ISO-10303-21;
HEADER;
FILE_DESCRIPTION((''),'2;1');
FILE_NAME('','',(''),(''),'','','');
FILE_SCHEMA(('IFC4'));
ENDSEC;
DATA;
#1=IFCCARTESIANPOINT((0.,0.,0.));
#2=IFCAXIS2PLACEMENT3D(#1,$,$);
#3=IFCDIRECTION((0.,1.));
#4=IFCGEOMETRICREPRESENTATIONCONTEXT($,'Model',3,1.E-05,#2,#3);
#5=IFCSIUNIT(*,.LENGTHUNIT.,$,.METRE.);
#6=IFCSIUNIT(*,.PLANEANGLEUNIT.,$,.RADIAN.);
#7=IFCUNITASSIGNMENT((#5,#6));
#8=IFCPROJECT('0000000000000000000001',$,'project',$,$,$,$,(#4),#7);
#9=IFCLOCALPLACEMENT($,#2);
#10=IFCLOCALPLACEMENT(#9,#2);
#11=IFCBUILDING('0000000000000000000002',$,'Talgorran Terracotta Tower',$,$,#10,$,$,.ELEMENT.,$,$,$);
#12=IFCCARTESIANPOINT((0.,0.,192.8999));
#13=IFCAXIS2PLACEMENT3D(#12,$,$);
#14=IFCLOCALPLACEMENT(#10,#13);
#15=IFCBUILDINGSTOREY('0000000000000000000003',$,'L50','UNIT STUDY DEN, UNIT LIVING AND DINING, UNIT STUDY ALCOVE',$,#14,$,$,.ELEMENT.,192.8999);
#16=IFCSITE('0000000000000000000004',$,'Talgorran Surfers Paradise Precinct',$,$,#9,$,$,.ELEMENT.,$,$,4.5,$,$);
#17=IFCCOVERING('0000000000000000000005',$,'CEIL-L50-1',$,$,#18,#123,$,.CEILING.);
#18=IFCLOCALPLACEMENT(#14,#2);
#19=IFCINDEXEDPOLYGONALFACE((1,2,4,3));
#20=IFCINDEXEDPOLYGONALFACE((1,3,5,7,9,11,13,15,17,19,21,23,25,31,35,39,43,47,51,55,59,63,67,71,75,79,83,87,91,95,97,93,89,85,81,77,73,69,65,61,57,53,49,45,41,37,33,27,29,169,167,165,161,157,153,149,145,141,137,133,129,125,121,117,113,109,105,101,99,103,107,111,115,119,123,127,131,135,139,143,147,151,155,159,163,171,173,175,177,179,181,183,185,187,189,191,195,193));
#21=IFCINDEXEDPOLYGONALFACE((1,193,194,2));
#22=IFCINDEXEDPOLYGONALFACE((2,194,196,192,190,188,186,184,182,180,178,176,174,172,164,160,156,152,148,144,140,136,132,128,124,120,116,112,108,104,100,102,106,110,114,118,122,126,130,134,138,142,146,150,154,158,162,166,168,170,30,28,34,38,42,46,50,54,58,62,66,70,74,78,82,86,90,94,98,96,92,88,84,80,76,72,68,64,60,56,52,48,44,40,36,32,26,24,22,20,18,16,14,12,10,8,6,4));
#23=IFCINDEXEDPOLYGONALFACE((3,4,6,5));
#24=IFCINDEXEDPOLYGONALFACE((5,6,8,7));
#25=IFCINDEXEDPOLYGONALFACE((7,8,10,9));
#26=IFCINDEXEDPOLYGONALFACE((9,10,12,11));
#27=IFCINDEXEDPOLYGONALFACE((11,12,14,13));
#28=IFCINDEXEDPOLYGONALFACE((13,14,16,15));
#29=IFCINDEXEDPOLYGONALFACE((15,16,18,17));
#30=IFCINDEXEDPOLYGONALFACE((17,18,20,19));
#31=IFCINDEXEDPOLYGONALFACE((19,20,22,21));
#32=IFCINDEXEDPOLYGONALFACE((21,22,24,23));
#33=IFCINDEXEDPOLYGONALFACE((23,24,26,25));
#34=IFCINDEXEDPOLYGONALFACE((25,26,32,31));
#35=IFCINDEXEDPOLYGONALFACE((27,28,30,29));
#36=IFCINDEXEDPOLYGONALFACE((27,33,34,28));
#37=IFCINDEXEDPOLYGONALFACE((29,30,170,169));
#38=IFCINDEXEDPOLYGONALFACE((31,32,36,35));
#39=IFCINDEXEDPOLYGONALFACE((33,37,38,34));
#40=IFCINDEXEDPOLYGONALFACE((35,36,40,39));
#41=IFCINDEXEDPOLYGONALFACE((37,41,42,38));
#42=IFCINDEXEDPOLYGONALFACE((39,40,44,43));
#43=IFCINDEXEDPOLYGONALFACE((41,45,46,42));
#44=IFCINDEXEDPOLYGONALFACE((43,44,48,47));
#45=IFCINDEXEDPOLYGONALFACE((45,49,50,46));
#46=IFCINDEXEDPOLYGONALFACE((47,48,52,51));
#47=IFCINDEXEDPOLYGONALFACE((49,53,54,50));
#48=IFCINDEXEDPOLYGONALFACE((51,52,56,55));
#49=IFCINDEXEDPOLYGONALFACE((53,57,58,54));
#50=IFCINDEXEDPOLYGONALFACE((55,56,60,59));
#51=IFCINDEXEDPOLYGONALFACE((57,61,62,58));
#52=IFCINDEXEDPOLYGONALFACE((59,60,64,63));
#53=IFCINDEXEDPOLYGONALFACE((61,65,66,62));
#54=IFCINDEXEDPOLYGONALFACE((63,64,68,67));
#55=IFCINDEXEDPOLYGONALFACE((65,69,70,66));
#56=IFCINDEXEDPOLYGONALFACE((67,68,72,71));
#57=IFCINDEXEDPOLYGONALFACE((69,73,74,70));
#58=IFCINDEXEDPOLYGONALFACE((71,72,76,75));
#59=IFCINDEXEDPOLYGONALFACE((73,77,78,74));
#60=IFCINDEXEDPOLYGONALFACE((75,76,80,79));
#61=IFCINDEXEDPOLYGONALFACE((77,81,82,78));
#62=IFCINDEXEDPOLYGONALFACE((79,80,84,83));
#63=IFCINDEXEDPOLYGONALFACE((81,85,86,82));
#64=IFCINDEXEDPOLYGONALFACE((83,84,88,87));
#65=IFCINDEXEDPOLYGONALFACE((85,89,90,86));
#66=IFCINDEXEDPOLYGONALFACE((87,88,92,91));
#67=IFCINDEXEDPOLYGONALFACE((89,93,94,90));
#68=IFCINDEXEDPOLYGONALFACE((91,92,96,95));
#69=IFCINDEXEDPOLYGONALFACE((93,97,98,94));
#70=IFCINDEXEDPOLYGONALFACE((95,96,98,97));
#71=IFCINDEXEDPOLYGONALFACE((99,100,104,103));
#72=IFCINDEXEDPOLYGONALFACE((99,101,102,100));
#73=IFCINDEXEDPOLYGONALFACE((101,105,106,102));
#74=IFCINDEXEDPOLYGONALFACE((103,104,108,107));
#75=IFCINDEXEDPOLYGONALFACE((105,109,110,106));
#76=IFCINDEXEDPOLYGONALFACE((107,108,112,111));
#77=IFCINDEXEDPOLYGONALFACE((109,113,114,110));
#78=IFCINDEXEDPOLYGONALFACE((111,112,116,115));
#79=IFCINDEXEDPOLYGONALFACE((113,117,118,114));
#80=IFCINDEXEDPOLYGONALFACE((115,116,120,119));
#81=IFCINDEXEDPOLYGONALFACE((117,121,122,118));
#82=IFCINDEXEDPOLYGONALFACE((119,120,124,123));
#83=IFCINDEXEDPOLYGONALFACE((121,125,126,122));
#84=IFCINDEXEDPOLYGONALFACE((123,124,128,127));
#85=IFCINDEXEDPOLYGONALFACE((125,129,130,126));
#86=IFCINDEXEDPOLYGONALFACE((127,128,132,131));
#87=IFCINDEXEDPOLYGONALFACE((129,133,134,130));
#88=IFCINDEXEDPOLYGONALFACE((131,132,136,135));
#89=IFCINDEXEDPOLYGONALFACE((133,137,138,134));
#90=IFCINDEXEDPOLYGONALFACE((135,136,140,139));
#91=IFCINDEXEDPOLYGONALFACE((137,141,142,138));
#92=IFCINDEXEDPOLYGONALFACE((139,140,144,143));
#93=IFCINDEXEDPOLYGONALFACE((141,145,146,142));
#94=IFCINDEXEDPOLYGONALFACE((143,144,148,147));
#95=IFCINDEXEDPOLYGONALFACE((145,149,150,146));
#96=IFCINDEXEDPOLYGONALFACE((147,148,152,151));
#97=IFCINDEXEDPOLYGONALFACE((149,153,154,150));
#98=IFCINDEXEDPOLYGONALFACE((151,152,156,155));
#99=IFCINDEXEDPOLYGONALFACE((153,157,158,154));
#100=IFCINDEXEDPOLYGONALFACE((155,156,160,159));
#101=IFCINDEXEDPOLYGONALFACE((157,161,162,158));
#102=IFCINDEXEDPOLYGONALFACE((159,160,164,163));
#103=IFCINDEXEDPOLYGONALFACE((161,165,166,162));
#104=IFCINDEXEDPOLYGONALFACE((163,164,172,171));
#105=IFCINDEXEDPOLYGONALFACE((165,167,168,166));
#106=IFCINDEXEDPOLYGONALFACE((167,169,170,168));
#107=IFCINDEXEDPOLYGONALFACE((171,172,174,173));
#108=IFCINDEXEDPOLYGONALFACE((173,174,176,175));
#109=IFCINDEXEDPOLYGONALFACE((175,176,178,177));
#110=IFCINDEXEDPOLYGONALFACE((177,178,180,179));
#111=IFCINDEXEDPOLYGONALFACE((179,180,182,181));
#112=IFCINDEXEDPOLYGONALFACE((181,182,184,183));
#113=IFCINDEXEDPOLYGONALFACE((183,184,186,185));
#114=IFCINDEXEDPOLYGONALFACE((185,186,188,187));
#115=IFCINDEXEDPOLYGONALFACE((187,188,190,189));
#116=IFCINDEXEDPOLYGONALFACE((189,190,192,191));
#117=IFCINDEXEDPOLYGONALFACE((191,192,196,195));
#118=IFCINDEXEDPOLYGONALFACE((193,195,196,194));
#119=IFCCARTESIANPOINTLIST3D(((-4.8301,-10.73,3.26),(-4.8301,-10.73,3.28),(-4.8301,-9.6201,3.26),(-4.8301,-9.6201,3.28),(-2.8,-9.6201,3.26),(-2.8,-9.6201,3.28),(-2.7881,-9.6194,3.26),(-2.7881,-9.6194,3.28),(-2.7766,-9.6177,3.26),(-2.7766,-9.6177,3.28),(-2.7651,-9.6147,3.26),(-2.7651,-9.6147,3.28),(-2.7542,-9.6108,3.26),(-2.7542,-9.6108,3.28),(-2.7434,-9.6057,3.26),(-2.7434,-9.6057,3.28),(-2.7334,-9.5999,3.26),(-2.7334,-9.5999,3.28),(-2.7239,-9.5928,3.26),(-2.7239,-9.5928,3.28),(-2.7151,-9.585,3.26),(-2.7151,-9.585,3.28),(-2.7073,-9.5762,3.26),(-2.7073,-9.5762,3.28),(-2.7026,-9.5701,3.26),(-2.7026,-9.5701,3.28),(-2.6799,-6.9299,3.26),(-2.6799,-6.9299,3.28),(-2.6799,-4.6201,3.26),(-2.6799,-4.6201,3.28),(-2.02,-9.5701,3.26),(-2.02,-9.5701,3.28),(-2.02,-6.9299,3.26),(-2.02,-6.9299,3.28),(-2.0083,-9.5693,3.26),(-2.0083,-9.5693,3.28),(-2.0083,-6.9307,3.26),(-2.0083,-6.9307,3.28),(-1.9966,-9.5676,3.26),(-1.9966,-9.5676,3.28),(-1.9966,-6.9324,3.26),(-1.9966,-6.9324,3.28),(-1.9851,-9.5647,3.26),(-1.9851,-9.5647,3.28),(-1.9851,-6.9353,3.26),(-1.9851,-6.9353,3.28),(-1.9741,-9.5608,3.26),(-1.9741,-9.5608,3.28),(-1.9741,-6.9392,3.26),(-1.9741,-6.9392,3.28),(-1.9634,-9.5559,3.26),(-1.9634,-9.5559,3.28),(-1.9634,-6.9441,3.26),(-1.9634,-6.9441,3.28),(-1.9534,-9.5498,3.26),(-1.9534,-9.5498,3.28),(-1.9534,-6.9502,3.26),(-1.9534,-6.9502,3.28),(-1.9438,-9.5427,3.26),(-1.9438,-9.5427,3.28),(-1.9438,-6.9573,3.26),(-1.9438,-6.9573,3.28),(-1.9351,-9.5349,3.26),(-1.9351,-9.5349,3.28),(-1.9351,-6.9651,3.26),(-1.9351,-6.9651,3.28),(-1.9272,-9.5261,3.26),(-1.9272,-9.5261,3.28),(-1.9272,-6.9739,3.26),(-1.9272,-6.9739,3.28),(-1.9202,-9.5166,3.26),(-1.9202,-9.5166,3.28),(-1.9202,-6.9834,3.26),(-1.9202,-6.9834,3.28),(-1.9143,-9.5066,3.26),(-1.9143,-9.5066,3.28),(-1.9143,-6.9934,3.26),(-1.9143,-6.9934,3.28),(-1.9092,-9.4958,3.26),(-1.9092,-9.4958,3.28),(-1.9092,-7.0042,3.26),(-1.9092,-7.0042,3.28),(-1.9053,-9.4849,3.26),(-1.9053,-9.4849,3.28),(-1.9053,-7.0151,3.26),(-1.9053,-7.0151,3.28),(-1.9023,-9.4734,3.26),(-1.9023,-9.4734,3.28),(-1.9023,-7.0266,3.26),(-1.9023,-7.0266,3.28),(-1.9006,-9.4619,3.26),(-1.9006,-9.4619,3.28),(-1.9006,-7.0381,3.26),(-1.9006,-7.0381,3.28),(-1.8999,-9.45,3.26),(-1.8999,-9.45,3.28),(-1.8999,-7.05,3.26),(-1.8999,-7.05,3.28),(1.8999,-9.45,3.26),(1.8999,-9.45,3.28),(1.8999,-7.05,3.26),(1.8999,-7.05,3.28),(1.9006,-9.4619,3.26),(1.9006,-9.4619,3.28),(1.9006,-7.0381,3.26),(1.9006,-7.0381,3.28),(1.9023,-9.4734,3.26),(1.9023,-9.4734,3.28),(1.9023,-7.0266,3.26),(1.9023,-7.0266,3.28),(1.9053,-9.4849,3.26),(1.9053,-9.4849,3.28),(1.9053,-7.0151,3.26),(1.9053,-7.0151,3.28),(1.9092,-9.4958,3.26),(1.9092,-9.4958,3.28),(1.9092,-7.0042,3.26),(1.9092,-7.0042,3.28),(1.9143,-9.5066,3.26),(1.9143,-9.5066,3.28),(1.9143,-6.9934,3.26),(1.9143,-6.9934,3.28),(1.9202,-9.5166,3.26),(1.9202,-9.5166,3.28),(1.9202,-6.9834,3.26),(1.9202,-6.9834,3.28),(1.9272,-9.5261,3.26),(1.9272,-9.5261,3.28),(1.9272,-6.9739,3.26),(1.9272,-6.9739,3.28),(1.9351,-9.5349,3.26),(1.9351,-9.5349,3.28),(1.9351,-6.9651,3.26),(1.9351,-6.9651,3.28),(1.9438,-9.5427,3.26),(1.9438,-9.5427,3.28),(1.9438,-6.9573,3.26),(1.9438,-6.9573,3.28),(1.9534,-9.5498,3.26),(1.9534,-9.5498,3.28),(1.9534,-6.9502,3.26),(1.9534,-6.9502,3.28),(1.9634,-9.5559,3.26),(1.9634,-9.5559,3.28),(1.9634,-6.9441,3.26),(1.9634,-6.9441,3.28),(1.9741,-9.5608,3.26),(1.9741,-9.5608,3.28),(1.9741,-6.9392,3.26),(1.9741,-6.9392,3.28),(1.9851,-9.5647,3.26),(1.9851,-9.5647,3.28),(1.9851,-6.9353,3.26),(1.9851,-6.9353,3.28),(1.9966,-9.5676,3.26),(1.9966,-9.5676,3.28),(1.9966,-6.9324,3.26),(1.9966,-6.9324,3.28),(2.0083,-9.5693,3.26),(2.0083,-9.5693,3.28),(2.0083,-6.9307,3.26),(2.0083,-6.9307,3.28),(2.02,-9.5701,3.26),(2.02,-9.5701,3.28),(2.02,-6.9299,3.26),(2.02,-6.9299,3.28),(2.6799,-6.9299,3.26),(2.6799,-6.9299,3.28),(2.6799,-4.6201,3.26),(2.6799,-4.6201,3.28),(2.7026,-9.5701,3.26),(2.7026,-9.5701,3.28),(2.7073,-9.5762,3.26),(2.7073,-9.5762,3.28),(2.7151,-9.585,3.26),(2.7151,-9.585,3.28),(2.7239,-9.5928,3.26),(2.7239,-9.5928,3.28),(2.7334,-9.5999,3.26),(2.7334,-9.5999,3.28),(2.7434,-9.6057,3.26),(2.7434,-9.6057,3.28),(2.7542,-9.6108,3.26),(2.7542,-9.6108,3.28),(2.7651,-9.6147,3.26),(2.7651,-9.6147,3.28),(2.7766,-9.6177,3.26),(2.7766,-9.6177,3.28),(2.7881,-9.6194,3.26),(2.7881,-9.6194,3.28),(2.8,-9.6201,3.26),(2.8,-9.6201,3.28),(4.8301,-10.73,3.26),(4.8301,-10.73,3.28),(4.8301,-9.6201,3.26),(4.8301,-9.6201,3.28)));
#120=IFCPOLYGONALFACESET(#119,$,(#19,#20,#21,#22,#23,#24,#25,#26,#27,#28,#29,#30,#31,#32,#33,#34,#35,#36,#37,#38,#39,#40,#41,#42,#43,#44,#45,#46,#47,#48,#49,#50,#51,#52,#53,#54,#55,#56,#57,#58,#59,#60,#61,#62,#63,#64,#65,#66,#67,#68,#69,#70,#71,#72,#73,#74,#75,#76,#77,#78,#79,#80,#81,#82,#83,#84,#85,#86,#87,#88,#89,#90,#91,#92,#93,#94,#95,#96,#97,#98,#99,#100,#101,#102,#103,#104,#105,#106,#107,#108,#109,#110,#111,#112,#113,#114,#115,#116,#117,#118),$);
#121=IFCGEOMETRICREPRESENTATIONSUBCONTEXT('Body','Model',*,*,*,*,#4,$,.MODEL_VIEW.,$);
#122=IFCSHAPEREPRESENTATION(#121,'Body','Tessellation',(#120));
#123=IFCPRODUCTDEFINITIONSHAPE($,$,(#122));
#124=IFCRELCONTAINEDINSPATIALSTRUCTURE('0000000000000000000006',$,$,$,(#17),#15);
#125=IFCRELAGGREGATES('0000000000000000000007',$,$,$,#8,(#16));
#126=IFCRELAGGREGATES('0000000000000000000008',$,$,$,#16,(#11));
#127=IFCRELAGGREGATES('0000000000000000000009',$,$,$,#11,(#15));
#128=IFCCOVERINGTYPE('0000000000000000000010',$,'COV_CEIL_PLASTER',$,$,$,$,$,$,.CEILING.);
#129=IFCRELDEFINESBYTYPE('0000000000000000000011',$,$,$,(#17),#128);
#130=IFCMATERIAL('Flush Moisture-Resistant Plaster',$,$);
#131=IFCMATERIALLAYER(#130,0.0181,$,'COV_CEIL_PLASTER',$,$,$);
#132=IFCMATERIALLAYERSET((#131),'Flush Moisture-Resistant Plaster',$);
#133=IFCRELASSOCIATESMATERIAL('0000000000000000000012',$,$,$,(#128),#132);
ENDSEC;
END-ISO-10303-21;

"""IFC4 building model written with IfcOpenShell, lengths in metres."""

from ifc_helpers import new_model, si_unit, direction, frame, origin, place, context, subcontext, project, spatial, polyline, outline, extrude, material, layer, layer_set, type_object, element, save


model = new_model("IFC4")

# Units and contexts
model_context = context("Model", 3, precision=1e-05, world=origin(), true_north=direction((0.0, 1.0)))
body_context = subcontext(model_context, "Body", "Model", "MODEL_VIEW")
ifc_project = project(units=[si_unit("LENGTHUNIT", "METRE"), si_unit("PLANEANGLEUNIT", "RADIAN")], contexts=[model_context])

# Site, building, storey
site_placement = place(None, origin())
site = spatial("IfcSite", under=ifc_project, at=site_placement, Name="Talgorran Surfers Paradise Precinct", CompositionType="ELEMENT", RefElevation=4.5)
building_placement = place(site_placement, origin())
building = spatial("IfcBuilding", under=site, at=building_placement, Name="Talgorran Terracotta Tower", CompositionType="ELEMENT")
storey_placement = place(building_placement, frame((0.0, 0.0, 192.8999)))
storey = spatial("IfcBuildingStorey", under=building, at=storey_placement, Name="L50", Description="UNIT STUDY DEN, UNIT LIVING AND DINING, UNIT STUDY ALCOVE", CompositionType="ELEMENT", Elevation=192.8999)

# Covering
ifc_material_1 = material(Name="Flush Moisture-Resistant Plaster")
ifc_layer_1 = layer(ifc_material_1, 0.0181, Name="COV_CEIL_PLASTER")
ifc_layer_set_1 = layer_set([ifc_layer_1], Name="Flush Moisture-Resistant Plaster")
covering_type_1 = type_object("IfcCoveringType", Name="COV_CEIL_PLASTER", PredefinedType="CEILING", material=ifc_layer_set_1)
covering_1_placement = place(storey_placement, frame((0.0, 0.0, 3.26)))
element("IfcCovering", 1, at=covering_1_placement, inside=storey, type_object=covering_type_1, Name="CEIL-L50-1", PredefinedType="CEILING", context=body_context, shape_type="SweptSolid", body=[
    extrude(outline(polyline([(-2.7026, -9.5701), (-2.02, -9.5701), (-2.0083, -9.5693), (-1.9966, -9.5676), (-1.9851, -9.5647), (-1.9741, -9.5608), (-1.9634, -9.5559), (-1.9534, -9.5498), (-1.9438, -9.5427), (-1.9351, -9.5349), (-1.9272, -9.5261), (-1.9202, -9.5166), (-1.9143, -9.5066), (-1.9092, -9.4958), (-1.9053, -9.4849), (-1.9023, -9.4734), (-1.9006, -9.4619), (-1.8999, -9.45), (-1.8999, -7.05), (-1.9006, -7.0381), (-1.9023, -7.0266), (-1.9053, -7.0151), (-1.9092, -7.0042), (-1.9143, -6.9934), (-1.9202, -6.9834), (-1.9272, -6.9739), (-1.9351, -6.9651), (-1.9438, -6.9573), (-1.9534, -6.9502), (-1.9634, -6.9441), (-1.9741, -6.9392), (-1.9851, -6.9353), (-1.9966, -6.9324), (-2.0083, -6.9307), (-2.02, -6.9299), (-2.6799, -6.9299), (-2.6799, -4.6201), (2.6799, -4.6201), (2.6799, -6.9299), (2.02, -6.9299), (2.0083, -6.9307), (1.9966, -6.9324), (1.9851, -6.9353), (1.9741, -6.9392), (1.9634, -6.9441), (1.9534, -6.9502), (1.9438, -6.9573), (1.9351, -6.9651), (1.9272, -6.9739), (1.9202, -6.9834), (1.9143, -6.9934), (1.9092, -7.0042), (1.9053, -7.0151), (1.9023, -7.0266), (1.9006, -7.0381), (1.8999, -7.05), (1.8999, -9.45), (1.9006, -9.4619), (1.9023, -9.4734), (1.9053, -9.4849), (1.9092, -9.4958), (1.9143, -9.5066), (1.9202, -9.5166), (1.9272, -9.5261), (1.9351, -9.5349), (1.9438, -9.5427), (1.9534, -9.5498), (1.9634, -9.5559), (1.9741, -9.5608), (1.9851, -9.5647), (1.9966, -9.5676), (2.0083, -9.5693), (2.02, -9.5701), (2.7026, -9.5701), (2.7073, -9.5762), (2.7151, -9.585), (2.7239, -9.5928), (2.7334, -9.5999), (2.7434, -9.6057), (2.7542, -9.6108), (2.7651, -9.6147), (2.7766, -9.6177), (2.7881, -9.6194), (2.8, -9.6201), (4.8301, -9.6201), (4.8301, -10.73), (-4.8301, -10.73), (-4.8301, -9.6201), (-2.8, -9.6201), (-2.7881, -9.6194), (-2.7766, -9.6177), (-2.7651, -9.6147), (-2.7542, -9.6108), (-2.7434, -9.6057), (-2.7334, -9.5999), (-2.7239, -9.5928), (-2.7151, -9.585), (-2.7073, -9.5762), (-2.7026, -9.5701)])), origin(), (0.0, 0.0, 1.0), 0.02),
])

save(model, "model.ifc")
